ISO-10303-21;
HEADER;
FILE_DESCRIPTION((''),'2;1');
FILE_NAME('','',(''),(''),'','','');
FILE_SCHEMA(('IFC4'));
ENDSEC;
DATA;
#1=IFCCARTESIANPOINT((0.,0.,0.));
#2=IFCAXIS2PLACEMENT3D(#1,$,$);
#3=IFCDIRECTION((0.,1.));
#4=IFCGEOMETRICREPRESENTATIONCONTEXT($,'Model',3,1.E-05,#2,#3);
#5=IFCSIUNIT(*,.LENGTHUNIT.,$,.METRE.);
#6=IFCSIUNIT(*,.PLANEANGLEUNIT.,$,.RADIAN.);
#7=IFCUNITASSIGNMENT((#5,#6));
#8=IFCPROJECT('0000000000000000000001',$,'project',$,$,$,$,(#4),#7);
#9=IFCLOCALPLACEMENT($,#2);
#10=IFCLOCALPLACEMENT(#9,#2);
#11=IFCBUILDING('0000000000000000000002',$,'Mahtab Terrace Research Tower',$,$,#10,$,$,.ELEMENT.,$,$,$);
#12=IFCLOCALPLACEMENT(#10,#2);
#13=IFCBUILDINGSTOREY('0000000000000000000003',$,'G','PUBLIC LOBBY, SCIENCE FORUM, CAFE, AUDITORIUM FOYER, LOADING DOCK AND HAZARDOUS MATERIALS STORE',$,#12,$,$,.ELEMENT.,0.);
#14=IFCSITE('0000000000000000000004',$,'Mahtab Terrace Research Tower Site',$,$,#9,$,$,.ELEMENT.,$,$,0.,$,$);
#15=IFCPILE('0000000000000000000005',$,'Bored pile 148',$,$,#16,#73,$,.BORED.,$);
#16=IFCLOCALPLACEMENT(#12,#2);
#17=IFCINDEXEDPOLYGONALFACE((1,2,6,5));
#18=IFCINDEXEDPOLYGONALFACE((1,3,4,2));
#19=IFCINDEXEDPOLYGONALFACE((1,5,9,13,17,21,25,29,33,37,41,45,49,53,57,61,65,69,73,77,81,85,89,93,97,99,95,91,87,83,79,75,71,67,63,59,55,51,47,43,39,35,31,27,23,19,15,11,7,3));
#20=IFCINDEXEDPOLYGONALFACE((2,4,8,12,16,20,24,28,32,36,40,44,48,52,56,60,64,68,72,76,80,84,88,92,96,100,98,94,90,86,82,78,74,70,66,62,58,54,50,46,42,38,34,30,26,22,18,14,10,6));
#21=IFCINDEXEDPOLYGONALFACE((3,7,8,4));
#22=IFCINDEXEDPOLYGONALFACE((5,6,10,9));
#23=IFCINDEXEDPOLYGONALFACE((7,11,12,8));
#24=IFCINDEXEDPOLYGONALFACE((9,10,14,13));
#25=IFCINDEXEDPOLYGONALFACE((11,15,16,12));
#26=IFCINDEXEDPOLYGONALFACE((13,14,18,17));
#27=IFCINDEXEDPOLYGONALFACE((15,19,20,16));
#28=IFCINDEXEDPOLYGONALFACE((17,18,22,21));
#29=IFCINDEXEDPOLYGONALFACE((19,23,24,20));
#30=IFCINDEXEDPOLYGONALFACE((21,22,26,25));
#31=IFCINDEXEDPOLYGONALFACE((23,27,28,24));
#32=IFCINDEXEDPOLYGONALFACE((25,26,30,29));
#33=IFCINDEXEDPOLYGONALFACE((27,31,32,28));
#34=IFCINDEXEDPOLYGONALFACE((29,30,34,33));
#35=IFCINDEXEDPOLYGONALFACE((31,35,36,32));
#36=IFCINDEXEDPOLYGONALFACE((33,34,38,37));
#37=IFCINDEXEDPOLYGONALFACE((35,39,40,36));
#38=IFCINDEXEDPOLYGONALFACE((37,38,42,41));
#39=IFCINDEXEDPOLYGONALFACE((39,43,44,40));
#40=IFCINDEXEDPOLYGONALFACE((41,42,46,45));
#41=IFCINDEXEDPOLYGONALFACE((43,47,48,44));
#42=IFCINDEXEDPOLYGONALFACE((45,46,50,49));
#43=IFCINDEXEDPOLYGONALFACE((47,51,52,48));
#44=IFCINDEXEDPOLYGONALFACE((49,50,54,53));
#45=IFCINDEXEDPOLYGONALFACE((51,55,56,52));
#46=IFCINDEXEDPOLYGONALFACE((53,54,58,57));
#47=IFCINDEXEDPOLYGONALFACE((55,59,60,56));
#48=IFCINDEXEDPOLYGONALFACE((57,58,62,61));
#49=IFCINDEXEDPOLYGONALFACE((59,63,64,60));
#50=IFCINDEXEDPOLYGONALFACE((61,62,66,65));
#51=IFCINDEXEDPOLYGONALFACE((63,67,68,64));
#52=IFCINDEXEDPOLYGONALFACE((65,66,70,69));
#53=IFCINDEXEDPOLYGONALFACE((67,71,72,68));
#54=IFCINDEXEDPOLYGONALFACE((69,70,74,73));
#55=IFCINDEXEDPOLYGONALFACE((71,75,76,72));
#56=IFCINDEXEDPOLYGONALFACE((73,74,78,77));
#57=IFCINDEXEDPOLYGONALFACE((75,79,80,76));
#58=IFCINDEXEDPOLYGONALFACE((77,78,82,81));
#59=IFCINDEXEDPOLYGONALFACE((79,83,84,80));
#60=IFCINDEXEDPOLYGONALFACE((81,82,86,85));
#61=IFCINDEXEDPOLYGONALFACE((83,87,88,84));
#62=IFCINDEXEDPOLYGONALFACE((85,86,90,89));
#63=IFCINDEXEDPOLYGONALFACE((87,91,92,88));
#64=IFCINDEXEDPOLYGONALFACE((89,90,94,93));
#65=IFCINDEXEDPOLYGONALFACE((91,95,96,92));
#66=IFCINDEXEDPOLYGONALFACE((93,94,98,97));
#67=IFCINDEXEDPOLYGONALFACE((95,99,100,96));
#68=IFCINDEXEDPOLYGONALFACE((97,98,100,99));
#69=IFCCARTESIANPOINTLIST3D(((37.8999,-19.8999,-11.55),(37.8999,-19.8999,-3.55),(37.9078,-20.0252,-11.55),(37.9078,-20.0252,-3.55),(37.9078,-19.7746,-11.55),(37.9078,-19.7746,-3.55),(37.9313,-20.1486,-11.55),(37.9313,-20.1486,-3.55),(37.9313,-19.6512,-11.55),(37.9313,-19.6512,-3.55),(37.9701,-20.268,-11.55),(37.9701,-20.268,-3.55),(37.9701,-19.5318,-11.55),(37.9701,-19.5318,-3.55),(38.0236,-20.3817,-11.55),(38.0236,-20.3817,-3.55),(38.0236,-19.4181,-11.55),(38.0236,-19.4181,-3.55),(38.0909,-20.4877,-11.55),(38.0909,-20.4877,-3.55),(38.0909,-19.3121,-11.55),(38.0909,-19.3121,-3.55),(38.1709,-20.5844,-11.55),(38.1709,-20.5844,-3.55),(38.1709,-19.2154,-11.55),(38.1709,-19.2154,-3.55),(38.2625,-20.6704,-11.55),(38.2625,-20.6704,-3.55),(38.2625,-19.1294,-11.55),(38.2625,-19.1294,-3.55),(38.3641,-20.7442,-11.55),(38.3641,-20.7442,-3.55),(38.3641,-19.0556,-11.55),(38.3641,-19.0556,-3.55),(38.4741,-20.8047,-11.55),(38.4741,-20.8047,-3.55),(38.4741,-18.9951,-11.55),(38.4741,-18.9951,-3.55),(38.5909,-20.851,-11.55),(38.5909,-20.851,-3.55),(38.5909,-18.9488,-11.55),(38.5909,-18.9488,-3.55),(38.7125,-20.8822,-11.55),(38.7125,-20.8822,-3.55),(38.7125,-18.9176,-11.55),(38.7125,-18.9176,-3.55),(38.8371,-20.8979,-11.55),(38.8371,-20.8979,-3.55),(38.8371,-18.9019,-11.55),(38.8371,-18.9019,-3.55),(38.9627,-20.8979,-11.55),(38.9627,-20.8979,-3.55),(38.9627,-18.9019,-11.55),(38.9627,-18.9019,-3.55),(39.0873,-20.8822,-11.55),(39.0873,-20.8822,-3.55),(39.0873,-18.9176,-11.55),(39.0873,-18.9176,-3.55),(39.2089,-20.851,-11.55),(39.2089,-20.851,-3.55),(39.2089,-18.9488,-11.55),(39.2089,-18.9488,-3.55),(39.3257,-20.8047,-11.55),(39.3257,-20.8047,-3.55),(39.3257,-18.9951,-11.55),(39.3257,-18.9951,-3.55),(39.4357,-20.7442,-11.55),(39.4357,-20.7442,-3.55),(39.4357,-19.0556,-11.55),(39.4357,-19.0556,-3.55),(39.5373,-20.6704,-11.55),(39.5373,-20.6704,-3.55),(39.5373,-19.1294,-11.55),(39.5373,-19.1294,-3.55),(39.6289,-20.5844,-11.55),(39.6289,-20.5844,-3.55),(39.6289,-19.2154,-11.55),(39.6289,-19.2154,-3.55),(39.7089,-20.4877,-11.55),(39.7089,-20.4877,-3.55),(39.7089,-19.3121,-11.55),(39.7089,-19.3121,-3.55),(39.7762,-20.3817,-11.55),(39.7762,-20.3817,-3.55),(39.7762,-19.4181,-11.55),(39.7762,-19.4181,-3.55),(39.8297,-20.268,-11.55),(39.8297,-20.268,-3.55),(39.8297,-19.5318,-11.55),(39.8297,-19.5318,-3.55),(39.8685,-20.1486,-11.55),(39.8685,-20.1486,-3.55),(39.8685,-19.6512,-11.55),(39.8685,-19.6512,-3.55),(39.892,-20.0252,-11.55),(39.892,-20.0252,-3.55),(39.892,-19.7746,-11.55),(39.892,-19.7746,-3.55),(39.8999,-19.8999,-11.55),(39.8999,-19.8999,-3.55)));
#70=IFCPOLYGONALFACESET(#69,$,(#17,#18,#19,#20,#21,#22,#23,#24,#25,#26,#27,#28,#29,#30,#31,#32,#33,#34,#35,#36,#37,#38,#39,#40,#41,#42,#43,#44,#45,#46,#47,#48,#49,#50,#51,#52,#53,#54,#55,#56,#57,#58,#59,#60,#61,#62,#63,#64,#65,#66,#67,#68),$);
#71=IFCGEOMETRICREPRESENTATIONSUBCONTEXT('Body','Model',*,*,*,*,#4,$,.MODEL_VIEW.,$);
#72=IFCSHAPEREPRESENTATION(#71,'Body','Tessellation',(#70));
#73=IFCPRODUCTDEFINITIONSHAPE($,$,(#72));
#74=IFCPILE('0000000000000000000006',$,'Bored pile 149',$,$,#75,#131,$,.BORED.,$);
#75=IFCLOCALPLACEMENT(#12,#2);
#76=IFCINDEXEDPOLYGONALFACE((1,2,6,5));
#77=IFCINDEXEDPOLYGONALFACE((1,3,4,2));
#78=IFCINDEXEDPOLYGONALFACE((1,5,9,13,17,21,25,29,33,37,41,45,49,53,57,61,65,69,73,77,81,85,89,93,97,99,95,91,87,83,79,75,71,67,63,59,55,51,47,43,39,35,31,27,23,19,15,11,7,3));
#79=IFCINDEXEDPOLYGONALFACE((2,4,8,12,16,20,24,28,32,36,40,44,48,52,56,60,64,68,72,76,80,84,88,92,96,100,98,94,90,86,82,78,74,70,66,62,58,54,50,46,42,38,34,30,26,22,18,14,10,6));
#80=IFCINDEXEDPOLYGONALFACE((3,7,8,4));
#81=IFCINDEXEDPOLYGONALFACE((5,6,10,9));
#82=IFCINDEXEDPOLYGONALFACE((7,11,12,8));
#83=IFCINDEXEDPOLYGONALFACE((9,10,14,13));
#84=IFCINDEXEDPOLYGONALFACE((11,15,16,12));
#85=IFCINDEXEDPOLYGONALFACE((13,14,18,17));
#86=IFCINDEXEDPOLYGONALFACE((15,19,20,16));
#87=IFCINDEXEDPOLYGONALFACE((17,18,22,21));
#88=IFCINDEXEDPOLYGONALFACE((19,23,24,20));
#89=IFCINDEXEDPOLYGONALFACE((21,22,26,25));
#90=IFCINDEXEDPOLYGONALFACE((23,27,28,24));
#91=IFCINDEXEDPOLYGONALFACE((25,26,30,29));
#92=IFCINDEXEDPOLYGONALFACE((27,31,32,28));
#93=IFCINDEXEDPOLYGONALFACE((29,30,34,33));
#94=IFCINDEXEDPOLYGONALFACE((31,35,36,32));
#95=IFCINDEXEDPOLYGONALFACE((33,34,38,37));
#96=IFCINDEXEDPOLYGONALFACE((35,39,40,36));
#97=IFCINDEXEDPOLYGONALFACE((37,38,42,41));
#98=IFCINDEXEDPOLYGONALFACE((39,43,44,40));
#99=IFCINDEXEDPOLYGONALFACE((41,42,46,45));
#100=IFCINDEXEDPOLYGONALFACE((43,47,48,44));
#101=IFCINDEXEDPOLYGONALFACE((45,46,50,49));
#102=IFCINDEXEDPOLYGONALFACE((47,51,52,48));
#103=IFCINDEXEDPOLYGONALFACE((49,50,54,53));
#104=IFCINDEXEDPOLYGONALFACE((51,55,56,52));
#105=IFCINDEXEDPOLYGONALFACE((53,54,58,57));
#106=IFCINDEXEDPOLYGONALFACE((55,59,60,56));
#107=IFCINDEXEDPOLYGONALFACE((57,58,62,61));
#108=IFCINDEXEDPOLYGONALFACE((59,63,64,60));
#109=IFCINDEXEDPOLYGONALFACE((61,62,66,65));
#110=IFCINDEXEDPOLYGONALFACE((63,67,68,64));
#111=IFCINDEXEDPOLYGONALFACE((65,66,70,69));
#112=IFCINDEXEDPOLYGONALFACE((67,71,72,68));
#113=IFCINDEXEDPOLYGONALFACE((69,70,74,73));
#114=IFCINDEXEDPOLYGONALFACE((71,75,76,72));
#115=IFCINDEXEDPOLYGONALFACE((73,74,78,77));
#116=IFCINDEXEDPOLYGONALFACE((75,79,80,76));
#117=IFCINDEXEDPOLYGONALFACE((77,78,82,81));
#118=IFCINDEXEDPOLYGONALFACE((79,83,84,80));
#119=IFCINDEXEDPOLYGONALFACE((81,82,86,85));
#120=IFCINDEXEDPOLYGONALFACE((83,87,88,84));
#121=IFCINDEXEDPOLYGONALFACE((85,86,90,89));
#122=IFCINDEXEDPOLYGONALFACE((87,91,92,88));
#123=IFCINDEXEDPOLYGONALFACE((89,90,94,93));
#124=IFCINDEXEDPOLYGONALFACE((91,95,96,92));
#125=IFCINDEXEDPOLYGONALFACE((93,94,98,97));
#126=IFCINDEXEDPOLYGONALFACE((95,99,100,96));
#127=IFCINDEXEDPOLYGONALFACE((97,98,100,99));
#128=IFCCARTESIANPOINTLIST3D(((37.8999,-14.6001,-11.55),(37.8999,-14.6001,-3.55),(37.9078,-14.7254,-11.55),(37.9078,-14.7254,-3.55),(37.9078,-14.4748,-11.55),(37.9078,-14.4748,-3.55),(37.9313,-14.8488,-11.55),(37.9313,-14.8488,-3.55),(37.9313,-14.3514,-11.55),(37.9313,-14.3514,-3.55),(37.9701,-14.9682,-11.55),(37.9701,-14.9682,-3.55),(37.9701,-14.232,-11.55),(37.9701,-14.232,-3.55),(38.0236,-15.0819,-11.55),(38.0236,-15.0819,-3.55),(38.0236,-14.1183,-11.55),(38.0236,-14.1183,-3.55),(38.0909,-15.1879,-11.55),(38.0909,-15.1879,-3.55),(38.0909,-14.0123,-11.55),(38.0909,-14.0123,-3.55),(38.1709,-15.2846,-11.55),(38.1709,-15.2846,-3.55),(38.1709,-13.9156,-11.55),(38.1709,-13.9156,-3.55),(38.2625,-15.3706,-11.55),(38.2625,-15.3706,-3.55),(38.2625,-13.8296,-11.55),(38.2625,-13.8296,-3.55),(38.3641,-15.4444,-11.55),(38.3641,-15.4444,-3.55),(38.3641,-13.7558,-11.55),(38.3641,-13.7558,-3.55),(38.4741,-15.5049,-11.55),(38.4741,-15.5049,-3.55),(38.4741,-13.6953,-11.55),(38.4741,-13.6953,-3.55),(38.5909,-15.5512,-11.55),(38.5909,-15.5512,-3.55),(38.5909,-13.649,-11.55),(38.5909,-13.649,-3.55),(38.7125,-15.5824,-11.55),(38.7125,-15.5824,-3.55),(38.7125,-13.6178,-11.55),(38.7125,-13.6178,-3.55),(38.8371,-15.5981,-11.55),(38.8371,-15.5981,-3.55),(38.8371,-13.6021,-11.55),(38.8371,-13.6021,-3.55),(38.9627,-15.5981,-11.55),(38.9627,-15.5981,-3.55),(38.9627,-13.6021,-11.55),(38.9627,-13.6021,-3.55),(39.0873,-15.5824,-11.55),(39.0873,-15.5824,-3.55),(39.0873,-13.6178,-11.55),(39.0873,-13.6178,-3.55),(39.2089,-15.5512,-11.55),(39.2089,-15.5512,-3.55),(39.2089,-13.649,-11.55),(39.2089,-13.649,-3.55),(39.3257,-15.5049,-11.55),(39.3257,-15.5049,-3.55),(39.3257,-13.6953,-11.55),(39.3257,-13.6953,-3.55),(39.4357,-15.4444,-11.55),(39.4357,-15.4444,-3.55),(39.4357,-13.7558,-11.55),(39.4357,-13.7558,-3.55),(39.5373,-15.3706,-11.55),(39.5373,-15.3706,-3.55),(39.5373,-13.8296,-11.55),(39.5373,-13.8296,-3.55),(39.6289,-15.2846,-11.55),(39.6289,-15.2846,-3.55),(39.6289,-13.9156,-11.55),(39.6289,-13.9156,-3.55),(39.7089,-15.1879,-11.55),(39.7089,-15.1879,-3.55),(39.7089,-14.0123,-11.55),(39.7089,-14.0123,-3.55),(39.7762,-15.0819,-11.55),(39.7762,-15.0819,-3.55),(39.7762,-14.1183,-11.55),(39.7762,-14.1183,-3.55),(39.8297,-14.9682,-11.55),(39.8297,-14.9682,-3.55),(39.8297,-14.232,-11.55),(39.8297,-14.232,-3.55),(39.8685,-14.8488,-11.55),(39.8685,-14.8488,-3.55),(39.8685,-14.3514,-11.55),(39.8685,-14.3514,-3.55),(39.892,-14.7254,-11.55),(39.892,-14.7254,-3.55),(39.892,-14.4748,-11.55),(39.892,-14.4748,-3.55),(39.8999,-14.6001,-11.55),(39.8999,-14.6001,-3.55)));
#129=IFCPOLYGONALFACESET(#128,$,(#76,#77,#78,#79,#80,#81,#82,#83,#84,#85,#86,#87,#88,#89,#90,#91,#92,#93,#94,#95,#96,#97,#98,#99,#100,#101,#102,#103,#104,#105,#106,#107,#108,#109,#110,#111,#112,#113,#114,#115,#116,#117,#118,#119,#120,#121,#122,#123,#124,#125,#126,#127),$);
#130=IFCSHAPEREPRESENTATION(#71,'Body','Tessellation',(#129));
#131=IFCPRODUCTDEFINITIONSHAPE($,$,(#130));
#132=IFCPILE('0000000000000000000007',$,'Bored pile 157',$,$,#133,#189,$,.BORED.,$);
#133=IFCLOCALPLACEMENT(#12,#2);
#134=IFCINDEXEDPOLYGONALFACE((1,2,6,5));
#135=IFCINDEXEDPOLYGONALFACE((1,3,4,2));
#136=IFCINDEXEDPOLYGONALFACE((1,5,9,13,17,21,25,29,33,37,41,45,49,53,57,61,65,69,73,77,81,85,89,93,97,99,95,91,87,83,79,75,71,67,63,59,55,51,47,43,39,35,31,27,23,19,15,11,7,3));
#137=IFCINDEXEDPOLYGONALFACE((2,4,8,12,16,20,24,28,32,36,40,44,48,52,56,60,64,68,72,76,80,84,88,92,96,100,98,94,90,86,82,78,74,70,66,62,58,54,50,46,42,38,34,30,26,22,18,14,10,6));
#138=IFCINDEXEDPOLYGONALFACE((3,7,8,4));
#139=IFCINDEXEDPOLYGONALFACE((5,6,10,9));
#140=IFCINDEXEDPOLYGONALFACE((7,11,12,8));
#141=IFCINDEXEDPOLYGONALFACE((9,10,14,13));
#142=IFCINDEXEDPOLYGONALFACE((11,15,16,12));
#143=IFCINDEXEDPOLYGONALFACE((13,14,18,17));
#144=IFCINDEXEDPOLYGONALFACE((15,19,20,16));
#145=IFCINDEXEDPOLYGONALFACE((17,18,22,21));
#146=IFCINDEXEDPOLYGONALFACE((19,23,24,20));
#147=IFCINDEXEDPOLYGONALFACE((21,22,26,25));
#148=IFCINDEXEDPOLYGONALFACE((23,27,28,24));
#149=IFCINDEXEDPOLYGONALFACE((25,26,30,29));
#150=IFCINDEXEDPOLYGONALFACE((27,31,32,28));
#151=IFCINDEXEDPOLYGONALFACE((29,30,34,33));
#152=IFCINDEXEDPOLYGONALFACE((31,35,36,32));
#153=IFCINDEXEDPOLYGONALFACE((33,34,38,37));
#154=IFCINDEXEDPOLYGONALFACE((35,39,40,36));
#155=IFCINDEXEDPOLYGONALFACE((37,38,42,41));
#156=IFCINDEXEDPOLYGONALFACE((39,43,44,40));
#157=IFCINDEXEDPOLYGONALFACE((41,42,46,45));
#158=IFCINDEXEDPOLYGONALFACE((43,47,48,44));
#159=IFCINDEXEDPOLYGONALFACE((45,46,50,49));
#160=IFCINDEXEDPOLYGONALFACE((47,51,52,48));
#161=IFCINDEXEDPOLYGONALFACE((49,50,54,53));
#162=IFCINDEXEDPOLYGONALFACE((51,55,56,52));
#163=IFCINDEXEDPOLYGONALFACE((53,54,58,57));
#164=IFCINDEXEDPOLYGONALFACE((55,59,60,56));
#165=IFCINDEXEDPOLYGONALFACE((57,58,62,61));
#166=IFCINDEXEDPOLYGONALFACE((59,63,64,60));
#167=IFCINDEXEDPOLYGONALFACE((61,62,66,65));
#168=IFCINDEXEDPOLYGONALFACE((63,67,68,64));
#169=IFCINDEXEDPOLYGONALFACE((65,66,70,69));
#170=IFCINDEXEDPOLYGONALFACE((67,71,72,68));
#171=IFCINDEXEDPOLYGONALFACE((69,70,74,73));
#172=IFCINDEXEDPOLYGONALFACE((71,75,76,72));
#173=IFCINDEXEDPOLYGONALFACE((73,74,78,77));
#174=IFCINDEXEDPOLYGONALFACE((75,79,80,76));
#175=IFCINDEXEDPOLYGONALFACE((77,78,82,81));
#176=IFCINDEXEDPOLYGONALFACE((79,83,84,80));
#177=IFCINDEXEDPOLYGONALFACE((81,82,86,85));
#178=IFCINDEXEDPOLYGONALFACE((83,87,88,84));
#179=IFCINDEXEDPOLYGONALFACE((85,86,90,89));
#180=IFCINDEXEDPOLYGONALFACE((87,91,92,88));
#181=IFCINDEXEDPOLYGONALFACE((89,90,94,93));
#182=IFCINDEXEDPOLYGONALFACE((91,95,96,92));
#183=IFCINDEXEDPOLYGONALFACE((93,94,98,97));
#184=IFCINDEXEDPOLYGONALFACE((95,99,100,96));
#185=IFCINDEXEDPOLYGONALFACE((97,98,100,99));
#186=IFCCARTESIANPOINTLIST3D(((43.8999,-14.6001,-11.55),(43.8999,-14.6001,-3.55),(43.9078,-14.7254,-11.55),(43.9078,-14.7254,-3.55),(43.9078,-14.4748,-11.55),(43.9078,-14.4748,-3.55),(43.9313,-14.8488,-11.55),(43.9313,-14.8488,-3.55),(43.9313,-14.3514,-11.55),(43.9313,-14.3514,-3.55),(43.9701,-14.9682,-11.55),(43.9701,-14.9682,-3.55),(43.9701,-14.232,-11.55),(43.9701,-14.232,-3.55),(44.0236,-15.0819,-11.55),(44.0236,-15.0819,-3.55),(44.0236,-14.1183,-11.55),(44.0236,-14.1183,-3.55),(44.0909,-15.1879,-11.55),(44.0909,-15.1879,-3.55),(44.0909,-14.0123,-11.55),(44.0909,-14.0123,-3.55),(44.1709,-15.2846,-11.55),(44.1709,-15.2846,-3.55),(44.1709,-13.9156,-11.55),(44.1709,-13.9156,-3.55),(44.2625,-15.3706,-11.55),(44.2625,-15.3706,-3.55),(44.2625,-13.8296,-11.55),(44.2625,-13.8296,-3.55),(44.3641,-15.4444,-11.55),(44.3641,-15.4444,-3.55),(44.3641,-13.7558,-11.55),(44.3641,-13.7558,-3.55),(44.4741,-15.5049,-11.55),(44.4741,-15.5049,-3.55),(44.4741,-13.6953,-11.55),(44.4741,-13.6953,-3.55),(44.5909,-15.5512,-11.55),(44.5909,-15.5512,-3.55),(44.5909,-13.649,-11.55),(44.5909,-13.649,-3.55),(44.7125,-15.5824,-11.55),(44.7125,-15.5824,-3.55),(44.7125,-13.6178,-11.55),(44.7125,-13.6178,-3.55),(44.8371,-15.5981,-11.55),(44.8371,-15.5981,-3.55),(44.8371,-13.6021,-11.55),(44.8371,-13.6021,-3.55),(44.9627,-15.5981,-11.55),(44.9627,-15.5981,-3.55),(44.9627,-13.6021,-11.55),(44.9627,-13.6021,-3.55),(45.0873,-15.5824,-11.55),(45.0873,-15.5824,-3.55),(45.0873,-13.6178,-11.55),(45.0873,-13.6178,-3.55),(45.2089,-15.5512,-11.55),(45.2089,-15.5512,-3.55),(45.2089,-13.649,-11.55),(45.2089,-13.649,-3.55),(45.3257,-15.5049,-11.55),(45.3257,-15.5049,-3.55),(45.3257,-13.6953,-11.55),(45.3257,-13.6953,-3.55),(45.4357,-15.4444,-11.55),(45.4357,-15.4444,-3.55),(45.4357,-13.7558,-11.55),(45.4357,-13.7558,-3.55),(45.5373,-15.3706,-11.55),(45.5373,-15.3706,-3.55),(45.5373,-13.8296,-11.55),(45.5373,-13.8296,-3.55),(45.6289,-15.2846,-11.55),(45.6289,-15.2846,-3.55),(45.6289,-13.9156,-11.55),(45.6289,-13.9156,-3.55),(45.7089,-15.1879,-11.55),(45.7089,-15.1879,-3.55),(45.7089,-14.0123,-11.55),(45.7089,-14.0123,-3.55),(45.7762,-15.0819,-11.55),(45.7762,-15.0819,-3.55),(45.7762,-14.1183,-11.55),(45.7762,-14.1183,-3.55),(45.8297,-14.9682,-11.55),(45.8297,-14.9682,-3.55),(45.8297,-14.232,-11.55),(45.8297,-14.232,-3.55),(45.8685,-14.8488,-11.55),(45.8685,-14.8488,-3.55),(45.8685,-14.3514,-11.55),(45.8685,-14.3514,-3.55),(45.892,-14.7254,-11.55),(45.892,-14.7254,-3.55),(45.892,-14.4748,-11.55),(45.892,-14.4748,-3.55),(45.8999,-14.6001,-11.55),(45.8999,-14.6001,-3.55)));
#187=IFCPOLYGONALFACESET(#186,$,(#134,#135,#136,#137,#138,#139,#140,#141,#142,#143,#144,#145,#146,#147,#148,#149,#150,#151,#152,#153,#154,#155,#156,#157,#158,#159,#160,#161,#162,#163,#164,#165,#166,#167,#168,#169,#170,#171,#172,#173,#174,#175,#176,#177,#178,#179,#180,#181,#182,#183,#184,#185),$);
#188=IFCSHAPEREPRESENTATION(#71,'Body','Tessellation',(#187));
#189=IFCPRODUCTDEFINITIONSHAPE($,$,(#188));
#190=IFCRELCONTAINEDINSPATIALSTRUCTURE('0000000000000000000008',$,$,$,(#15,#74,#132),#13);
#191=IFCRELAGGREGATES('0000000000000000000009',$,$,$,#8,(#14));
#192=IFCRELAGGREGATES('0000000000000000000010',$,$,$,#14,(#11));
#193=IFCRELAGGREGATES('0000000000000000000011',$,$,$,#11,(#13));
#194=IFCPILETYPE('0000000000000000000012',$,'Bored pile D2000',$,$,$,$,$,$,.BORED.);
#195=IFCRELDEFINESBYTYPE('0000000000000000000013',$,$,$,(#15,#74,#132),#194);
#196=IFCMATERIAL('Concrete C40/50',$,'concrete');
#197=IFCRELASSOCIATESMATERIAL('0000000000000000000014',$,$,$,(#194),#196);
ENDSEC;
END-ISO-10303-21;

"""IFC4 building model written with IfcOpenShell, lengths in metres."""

from ifc_helpers import new_model, si_unit, direction, frame, origin, origin_2d, place, context, subcontext, project, spatial, circle, extrude, material, material_profile, profile_set, type_object, element, save


model = new_model("IFC4")

# Units and contexts
model_context = context("Model", 3, precision=1e-05, world=origin(), true_north=direction((0.0, 1.0)))
body_context = subcontext(model_context, "Body", "Model", "MODEL_VIEW")
ifc_project = project(units=[si_unit("LENGTHUNIT", "METRE"), si_unit("PLANEANGLEUNIT", "RADIAN")], contexts=[model_context])

# Site, building, storey
site_placement = place(None, origin())
site = spatial("IfcSite", under=ifc_project, at=site_placement, Name="Mahtab Terrace Research Tower Site", CompositionType="ELEMENT", RefElevation=0.0)
building_placement = place(site_placement, origin())
building = spatial("IfcBuilding", under=site, at=building_placement, Name="Mahtab Terrace Research Tower", CompositionType="ELEMENT")
storey_placement = place(building_placement, origin())
storey = spatial("IfcBuildingStorey", under=building, at=storey_placement, Name="G", Description="PUBLIC LOBBY, SCIENCE FORUM, CAFE, AUDITORIUM FOYER, LOADING DOCK AND HAZARDOUS MATERIALS STORE", CompositionType="ELEMENT", Elevation=0.0)

# Piles
ifc_material_1 = material(Name="Concrete C40/50", Category="concrete")
ifc_material_profile_1 = material_profile(ifc_material_1, circle(Radius=1.0, at=origin_2d()), Name="Bored pile D2000")
ifc_profile_set_1 = profile_set([ifc_material_profile_1], Name="Concrete C40/50")
pile_type_1 = type_object("IfcPileType", Name="Bored pile D2000", PredefinedType="BORED", material=ifc_profile_set_1)
for number, where, z_axis, x_axis, name in (
    (1, (38.8999, -19.8999, -3.55), (0.0, 0.0, -1.0), (1.0, 0.0, 0.0), "Bored pile 148"),
    (2, (38.8999, -14.6001, -3.55), (0.0, 0.0, -1.0), (1.0, 0.0, 0.0), "Bored pile 149"),
    (3, (44.8999, -14.6001, -3.55), (0.0, 0.0, -1.0), (1.0, 0.0, 0.0), "Bored pile 157"),
):
    element("IfcPile", number, at=place(storey_placement, frame(where, z_axis=z_axis, x_axis=x_axis)), inside=storey, type_object=pile_type_1, Name=name, PredefinedType="BORED", context=body_context, shape_type="SweptSolid", body=[
        extrude(circle(Radius=1.0, at=origin_2d()), origin(), (0.0, 0.0, 1.0), 8.0),
    ])

save(model, "model.ifc")
